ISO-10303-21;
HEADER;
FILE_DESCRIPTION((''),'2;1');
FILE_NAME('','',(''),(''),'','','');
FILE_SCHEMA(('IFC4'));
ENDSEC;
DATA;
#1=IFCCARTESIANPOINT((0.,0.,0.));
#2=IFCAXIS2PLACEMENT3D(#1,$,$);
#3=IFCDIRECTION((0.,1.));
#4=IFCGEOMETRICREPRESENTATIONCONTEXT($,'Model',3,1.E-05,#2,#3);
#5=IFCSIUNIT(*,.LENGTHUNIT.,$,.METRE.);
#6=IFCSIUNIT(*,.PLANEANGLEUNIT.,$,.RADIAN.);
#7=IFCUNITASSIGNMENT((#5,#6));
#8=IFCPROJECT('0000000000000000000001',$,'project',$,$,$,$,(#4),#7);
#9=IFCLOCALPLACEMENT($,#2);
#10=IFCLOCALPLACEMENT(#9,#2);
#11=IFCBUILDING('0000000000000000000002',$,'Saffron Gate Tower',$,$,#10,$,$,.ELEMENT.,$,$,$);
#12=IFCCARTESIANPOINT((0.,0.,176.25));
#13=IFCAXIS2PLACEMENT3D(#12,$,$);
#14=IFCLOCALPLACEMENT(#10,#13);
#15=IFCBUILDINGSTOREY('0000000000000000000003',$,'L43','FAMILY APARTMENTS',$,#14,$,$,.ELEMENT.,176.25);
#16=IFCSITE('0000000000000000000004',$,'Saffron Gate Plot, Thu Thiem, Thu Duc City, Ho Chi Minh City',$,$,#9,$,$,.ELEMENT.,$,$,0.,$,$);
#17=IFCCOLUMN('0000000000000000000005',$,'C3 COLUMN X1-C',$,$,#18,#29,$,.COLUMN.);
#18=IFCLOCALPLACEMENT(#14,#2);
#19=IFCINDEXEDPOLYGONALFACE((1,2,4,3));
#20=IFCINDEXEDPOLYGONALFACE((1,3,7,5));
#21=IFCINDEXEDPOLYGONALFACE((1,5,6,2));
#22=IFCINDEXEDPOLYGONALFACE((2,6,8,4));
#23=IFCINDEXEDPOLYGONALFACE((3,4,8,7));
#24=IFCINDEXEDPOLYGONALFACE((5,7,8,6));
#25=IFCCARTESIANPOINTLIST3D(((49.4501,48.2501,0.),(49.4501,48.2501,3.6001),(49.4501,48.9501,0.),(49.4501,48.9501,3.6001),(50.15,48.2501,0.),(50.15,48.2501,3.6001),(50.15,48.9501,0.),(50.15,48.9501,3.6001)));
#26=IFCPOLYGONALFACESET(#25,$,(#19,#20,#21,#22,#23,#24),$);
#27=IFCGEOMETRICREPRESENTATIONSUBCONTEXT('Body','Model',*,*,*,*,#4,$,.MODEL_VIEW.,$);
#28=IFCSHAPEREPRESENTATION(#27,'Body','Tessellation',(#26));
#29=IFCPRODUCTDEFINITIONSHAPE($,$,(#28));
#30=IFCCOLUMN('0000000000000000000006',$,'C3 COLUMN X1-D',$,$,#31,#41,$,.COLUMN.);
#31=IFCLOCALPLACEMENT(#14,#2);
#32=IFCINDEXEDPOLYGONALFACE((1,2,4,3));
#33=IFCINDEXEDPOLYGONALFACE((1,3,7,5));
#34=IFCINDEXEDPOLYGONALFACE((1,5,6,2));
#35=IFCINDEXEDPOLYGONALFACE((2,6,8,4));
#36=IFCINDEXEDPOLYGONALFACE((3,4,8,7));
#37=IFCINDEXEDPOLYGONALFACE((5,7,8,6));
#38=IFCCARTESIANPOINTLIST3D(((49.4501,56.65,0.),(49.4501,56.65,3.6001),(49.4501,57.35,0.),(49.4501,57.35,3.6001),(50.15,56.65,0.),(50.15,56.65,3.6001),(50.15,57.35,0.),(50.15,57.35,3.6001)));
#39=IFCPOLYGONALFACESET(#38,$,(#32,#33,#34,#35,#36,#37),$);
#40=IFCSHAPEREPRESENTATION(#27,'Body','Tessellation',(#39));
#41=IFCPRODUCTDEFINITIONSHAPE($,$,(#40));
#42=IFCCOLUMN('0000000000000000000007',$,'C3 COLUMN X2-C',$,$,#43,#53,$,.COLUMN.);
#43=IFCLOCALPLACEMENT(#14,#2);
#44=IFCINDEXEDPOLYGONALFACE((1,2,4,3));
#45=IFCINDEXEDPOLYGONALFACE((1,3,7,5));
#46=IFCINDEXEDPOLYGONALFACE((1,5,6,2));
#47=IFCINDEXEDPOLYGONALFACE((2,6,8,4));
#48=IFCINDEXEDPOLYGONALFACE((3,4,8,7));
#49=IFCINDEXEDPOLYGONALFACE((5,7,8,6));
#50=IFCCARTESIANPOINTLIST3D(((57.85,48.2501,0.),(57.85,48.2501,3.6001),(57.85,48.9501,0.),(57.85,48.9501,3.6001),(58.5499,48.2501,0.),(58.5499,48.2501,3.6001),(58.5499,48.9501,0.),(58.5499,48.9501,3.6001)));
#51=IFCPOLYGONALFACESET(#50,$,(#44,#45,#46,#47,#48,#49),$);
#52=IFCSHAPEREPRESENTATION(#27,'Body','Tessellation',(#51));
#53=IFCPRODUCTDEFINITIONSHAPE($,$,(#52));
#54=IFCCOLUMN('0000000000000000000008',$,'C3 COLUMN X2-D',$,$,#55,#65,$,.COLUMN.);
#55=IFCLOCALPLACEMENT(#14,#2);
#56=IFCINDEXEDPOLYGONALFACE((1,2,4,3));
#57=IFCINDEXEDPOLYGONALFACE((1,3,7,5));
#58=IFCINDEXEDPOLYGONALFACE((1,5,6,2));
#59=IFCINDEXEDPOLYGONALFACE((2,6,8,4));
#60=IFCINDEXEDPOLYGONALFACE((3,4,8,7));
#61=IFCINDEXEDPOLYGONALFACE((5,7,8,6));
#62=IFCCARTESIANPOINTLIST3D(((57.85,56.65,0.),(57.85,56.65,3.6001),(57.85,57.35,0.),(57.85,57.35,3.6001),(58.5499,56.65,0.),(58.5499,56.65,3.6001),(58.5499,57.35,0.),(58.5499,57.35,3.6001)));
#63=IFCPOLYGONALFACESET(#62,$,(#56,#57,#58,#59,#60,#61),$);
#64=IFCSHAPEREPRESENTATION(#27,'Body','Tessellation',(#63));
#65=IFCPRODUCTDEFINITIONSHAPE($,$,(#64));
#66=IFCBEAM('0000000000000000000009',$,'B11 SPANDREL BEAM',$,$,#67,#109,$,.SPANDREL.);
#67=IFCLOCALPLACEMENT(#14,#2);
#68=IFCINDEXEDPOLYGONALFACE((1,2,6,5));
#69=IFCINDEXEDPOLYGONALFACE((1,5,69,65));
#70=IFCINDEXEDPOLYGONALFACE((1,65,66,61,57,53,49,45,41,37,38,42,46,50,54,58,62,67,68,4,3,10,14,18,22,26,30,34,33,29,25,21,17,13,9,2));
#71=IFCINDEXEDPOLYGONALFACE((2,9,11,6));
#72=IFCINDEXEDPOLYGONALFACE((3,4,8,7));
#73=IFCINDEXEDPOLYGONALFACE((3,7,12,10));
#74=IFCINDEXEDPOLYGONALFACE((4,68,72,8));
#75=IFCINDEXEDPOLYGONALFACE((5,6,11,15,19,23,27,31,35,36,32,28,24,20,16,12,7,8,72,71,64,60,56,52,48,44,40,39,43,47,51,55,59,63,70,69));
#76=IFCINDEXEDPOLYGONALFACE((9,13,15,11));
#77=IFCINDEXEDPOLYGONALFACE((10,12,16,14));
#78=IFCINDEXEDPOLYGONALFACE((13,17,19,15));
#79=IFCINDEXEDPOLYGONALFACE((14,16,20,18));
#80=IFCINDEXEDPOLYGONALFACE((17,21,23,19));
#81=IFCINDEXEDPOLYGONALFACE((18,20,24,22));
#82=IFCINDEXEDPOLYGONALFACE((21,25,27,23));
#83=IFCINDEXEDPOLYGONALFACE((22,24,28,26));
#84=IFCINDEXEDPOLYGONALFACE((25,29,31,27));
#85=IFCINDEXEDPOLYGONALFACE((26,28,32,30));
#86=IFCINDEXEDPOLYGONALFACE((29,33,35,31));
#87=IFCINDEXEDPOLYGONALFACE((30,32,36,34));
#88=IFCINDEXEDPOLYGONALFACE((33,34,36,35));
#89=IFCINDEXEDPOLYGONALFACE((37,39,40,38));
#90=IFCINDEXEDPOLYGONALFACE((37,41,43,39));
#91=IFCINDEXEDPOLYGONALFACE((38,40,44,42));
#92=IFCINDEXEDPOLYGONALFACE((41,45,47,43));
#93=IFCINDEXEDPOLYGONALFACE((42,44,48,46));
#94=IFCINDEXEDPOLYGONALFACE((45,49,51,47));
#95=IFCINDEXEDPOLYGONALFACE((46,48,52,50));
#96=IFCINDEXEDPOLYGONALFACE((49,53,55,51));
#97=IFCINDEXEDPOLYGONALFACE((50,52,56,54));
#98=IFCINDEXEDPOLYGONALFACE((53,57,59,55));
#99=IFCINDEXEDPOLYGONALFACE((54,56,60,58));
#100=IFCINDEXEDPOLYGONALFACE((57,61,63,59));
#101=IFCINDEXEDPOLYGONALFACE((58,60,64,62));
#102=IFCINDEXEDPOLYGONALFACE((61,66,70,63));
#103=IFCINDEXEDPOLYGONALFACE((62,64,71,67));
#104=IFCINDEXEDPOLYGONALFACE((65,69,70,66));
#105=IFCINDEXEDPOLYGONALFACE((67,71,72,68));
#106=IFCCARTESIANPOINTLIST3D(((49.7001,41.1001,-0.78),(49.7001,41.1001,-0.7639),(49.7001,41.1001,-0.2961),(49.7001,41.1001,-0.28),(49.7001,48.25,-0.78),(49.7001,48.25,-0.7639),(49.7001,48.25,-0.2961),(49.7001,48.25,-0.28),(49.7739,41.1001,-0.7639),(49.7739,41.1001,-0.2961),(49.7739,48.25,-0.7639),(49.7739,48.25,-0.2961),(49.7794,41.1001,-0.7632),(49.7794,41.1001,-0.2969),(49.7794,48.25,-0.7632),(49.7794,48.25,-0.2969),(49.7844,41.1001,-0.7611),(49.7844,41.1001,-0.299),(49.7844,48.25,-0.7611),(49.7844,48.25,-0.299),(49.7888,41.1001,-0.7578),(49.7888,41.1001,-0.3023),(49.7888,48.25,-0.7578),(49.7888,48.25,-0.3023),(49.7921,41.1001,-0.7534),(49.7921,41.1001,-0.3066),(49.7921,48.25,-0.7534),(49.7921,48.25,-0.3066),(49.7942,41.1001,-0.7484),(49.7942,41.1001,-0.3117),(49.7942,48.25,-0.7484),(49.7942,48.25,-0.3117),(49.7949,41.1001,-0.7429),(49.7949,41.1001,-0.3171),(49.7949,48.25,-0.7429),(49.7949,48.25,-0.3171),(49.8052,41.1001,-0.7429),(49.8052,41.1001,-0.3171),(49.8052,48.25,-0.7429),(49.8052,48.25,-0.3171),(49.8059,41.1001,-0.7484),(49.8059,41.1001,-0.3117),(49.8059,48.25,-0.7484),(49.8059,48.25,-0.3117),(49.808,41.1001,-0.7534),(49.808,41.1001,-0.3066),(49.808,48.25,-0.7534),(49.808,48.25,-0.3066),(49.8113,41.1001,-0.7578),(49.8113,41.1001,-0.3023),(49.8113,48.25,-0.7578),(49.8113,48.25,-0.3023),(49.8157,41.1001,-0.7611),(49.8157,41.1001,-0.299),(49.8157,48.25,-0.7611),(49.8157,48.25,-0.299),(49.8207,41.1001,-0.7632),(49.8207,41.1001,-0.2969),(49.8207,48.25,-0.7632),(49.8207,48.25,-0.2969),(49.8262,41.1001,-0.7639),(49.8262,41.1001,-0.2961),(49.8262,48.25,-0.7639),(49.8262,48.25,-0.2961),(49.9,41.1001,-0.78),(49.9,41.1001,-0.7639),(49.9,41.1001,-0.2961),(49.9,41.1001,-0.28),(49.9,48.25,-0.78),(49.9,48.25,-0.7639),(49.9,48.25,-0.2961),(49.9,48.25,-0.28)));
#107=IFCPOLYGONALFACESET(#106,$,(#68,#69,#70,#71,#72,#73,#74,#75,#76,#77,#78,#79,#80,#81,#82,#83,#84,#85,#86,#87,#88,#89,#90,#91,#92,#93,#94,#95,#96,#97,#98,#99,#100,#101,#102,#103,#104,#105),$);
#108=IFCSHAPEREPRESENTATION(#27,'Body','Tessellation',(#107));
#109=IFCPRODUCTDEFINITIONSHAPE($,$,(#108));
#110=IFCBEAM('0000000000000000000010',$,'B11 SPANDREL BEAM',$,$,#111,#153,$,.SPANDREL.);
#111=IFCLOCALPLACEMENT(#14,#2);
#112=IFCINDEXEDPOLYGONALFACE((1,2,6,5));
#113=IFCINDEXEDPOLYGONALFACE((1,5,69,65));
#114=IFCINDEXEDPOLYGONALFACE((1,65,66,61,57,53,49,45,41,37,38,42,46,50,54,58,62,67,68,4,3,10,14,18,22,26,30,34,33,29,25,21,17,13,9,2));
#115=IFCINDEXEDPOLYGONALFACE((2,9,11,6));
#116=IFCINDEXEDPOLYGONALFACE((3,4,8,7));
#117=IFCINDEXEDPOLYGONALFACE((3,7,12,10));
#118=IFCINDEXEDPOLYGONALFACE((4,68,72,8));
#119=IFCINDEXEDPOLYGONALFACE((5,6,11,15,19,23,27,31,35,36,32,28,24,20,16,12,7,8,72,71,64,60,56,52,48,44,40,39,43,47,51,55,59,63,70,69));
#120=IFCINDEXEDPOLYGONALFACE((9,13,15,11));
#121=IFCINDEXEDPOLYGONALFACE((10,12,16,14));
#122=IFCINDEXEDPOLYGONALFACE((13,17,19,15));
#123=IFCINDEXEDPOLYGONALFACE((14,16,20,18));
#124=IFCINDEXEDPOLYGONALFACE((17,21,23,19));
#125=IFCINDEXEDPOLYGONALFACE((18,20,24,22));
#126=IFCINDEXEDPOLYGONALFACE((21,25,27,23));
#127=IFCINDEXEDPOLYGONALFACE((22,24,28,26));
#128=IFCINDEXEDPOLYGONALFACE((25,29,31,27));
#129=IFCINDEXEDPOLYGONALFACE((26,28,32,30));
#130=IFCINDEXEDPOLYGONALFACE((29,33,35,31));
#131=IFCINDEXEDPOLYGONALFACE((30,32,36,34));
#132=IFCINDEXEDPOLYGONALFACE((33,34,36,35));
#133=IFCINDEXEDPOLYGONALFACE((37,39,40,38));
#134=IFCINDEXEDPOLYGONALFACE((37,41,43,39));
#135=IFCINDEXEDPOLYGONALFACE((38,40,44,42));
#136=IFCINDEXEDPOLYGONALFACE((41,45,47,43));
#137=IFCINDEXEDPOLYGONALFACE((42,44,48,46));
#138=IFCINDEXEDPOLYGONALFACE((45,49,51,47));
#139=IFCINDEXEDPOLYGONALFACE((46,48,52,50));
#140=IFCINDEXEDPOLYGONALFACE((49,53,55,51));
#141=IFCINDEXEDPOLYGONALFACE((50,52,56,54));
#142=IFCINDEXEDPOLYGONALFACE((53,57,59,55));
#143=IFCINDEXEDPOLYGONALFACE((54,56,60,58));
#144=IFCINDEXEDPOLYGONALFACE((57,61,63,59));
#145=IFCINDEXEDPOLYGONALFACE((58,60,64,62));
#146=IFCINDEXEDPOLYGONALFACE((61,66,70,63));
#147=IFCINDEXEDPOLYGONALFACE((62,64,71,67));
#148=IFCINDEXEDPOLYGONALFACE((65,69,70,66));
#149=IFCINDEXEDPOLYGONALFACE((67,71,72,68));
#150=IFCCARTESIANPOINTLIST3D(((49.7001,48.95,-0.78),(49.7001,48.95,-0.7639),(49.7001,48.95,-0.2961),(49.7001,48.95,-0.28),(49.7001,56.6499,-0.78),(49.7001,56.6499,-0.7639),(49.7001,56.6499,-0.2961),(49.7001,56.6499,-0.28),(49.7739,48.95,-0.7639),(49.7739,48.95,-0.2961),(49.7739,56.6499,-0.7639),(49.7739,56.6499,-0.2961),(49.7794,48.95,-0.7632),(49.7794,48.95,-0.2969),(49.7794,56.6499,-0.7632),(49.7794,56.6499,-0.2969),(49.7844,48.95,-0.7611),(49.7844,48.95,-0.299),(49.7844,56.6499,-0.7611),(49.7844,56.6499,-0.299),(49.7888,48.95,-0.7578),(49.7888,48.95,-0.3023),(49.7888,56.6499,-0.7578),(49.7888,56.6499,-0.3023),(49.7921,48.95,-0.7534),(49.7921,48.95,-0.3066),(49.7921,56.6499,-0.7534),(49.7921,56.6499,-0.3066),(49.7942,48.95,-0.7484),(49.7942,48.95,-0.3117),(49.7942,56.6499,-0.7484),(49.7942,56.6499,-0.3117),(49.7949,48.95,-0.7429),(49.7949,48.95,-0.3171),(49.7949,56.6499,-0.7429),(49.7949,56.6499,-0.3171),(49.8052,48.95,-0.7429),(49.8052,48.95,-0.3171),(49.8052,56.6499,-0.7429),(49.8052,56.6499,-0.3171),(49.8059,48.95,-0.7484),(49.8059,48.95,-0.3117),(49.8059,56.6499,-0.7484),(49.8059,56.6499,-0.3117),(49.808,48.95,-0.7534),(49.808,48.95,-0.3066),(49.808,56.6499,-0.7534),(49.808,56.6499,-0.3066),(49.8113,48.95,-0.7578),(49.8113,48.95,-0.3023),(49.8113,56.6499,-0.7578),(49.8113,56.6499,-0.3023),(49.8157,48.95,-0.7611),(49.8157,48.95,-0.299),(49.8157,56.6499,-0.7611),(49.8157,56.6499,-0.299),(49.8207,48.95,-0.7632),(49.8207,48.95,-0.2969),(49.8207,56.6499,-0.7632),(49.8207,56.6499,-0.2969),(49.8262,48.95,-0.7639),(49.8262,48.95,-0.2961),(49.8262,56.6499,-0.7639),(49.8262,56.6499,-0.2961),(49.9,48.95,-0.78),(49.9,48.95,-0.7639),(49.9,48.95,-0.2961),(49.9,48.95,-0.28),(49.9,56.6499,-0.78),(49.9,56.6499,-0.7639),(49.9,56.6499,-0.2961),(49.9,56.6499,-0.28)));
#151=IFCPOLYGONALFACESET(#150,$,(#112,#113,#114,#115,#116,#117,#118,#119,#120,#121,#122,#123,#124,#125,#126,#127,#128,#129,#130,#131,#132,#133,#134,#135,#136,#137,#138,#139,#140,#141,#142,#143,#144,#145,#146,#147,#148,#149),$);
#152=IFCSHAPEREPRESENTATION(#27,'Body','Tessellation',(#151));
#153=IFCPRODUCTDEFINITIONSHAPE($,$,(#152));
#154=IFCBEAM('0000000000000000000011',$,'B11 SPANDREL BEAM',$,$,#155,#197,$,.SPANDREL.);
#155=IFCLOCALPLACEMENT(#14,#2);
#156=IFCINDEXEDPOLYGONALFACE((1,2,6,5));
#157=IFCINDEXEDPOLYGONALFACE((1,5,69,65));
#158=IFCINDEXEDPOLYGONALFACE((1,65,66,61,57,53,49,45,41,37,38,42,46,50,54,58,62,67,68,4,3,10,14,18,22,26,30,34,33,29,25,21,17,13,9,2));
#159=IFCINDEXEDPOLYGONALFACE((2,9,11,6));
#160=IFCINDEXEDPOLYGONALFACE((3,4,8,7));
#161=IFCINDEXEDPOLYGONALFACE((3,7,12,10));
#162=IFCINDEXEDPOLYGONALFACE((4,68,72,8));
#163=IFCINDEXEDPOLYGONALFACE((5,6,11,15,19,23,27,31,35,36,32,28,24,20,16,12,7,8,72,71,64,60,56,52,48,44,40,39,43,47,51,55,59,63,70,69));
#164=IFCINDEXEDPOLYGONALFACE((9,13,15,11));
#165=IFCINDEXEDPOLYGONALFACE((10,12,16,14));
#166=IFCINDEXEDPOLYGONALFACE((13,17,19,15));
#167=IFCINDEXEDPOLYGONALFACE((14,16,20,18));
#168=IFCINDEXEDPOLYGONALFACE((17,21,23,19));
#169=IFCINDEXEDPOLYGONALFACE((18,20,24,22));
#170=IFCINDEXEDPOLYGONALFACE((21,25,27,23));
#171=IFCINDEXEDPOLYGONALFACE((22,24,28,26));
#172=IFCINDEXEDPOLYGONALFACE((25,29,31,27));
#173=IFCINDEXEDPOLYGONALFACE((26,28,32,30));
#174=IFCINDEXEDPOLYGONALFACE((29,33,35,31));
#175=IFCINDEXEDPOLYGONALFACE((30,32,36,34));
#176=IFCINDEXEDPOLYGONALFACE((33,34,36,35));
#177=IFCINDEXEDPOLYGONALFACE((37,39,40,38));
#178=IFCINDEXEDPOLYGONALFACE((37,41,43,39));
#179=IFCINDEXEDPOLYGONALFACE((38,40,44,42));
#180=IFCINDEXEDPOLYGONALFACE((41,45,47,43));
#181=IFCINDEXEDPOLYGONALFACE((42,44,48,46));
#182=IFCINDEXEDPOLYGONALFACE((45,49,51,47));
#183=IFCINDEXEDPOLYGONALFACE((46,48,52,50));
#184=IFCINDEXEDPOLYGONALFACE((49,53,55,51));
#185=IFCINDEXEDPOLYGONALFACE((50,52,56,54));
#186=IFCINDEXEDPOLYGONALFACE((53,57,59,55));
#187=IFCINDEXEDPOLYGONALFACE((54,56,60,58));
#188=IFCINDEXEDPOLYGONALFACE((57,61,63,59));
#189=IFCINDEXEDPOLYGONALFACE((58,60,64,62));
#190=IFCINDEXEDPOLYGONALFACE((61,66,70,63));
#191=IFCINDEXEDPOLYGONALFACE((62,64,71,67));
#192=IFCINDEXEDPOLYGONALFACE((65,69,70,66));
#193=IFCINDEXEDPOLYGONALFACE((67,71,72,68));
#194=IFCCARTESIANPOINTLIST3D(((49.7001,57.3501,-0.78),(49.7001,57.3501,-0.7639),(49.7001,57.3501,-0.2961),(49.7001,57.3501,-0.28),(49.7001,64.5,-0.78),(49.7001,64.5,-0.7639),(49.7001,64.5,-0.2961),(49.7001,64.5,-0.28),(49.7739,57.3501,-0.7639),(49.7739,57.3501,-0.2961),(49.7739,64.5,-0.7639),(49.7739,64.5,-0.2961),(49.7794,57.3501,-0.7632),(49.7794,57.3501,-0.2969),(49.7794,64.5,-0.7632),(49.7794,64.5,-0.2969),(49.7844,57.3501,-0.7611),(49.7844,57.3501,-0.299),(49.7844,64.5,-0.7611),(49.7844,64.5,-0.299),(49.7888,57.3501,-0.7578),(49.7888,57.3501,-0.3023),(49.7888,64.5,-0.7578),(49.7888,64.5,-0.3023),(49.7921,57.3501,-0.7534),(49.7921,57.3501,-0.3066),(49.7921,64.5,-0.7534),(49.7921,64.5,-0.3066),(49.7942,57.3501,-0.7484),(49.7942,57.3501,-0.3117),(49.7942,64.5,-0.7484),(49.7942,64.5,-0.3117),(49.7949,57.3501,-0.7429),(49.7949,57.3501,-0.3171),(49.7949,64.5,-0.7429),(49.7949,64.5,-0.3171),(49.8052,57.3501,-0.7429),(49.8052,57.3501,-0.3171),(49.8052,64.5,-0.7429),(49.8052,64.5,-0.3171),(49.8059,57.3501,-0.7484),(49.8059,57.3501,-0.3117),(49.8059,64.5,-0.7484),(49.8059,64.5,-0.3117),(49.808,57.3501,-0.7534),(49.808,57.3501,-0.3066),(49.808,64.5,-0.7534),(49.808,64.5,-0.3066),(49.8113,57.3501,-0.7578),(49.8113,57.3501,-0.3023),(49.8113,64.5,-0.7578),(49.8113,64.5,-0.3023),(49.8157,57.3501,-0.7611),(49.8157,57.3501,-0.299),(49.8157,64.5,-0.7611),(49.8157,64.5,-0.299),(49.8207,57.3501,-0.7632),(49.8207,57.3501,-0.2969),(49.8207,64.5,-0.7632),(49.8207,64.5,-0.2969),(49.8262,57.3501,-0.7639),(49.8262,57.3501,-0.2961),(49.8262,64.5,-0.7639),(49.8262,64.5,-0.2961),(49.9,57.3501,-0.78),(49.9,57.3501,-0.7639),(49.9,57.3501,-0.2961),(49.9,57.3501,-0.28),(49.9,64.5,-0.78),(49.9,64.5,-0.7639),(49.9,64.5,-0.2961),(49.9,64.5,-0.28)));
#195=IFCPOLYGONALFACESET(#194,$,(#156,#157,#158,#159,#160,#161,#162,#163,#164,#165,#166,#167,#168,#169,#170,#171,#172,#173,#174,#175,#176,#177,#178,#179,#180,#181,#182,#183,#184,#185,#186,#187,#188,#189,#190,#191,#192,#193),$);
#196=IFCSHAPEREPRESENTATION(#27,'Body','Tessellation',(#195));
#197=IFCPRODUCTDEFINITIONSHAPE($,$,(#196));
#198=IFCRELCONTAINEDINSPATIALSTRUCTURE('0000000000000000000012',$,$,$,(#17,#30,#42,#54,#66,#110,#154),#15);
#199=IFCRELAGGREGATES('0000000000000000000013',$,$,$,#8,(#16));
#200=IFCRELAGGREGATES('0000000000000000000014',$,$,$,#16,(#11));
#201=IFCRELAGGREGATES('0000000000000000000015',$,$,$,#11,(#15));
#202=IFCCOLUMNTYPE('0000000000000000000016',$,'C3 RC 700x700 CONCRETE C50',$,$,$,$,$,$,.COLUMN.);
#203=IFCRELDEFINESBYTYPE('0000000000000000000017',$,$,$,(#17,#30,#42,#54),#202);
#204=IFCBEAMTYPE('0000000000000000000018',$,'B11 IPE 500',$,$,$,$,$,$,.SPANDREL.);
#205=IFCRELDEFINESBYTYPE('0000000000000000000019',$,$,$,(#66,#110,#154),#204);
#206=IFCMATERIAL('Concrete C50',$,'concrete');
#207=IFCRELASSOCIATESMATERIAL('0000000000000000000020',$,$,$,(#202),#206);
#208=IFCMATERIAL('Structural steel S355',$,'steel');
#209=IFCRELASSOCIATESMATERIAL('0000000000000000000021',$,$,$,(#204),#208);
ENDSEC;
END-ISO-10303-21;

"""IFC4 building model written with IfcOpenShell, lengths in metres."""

from ifc_helpers import new_model, si_unit, direction, frame, origin, origin_2d, place, context, subcontext, project, spatial, rectangle, i_section, extrude, material, material_profile, profile_set, type_object, element, save


model = new_model("IFC4")

# Units and contexts
model_context = context("Model", 3, precision=1e-05, world=origin(), true_north=direction((0.0, 1.0)))
body_context = subcontext(model_context, "Body", "Model", "MODEL_VIEW")
ifc_project = project(units=[si_unit("LENGTHUNIT", "METRE"), si_unit("PLANEANGLEUNIT", "RADIAN")], contexts=[model_context])

# Site, building, storey
site_placement = place(None, origin())
site = spatial("IfcSite", under=ifc_project, at=site_placement, Name="Saffron Gate Plot, Thu Thiem, Thu Duc City, Ho Chi Minh City", CompositionType="ELEMENT", RefElevation=0.0)
building_placement = place(site_placement, origin())
building = spatial("IfcBuilding", under=site, at=building_placement, Name="Saffron Gate Tower", CompositionType="ELEMENT")
storey_placement = place(building_placement, frame((0.0, 0.0, 176.25)))
storey = spatial("IfcBuildingStorey", under=building, at=storey_placement, Name="L43", Description="FAMILY APARTMENTS", CompositionType="ELEMENT", Elevation=176.25)

# Columns
ifc_material_1 = material(Name="Concrete C50", Category="concrete")
ifc_material_profile_1 = material_profile(ifc_material_1, rectangle(XDim=0.7, YDim=0.7, at=origin_2d()))
ifc_profile_set_1 = profile_set([ifc_material_profile_1], Name="Concrete C50")
column_type = type_object("IfcColumnType", Name="C3 RC 700x700 CONCRETE C50", PredefinedType="COLUMN", material=ifc_profile_set_1)
for number, where, z_axis, x_axis, name in (
    (1, (49.8, 48.6001, 0.0), (0.0, 0.0, 1.0), (1.0, 0.0, 0.0), "C3 COLUMN X1-C"),
    (2, (49.8, 57.0, 0.0), (0.0, 0.0, 1.0), (1.0, 0.0, 0.0), "C3 COLUMN X1-D"),
    (3, (58.2, 48.6001, 0.0), (0.0, 0.0, 1.0), (1.0, 0.0, 0.0), "C3 COLUMN X2-C"),
    (4, (58.2, 57.0, 0.0), (0.0, 0.0, 1.0), (1.0, 0.0, 0.0), "C3 COLUMN X2-D"),
):
    element("IfcColumn", number, at=place(storey_placement, frame(where, z_axis=z_axis, x_axis=x_axis)), inside=storey, type_object=column_type, Name=name, PredefinedType="COLUMN", context=body_context, shape_type="SweptSolid", body=[
        extrude(rectangle(XDim=0.7, YDim=0.7, at=origin_2d()), origin(), (0.0, 0.0, 1.0), 3.6001),
    ])

# Beams
ifc_material_2 = material(Name="Structural steel S355", Category="steel")
ifc_material_profile_2 = material_profile(ifc_material_2, i_section(OverallWidth=0.2, OverallDepth=0.5, WebThickness=0.0103, FlangeThickness=0.0161, FilletRadius=0.021, at=origin_2d()))
ifc_profile_set_2 = profile_set([ifc_material_profile_2], Name="Structural steel S355")
beam_type = type_object("IfcBeamType", Name="B11 IPE 500", PredefinedType="SPANDREL", material=ifc_profile_set_2)
beam_1_placement = place(storey_placement, frame((49.8, 41.1001, -0.53), z_axis=(0.0, 1.0, 0.0), x_axis=(-1.0, 0.0, 0.0)))
element("IfcBeam", 5, at=beam_1_placement, inside=storey, type_object=beam_type, Name="B11 SPANDREL BEAM", PredefinedType="SPANDREL", context=body_context, shape_type="SweptSolid", body=[
    extrude(i_section(OverallWidth=0.2, OverallDepth=0.5, WebThickness=0.0103, FlangeThickness=0.0161, FilletRadius=0.021, at=origin_2d()), origin(), (0.0, 0.0, 1.0), 7.1499),
])
beam_2_placement = place(storey_placement, frame((49.8, 48.95, -0.53), z_axis=(0.0, 1.0, 0.0), x_axis=(-1.0, 0.0, 0.0)))
element("IfcBeam", 6, at=beam_2_placement, inside=storey, type_object=beam_type, Name="B11 SPANDREL BEAM", PredefinedType="SPANDREL", context=body_context, shape_type="SweptSolid", body=[
    extrude(i_section(OverallWidth=0.2, OverallDepth=0.5, WebThickness=0.0103, FlangeThickness=0.0161, FilletRadius=0.021, at=origin_2d()), origin(), (0.0, 0.0, 1.0), 7.7),
])
beam_3_placement = place(storey_placement, frame((49.8, 57.3501, -0.53), z_axis=(0.0, 1.0, 0.0), x_axis=(-1.0, 0.0, 0.0)))
element("IfcBeam", 7, at=beam_3_placement, inside=storey, type_object=beam_type, Name="B11 SPANDREL BEAM", PredefinedType="SPANDREL", context=body_context, shape_type="SweptSolid", body=[
    extrude(i_section(OverallWidth=0.2, OverallDepth=0.5, WebThickness=0.0103, FlangeThickness=0.0161, FilletRadius=0.021, at=origin_2d()), origin(), (0.0, 0.0, 1.0), 7.1499),
])

save(model, "model.ifc")
